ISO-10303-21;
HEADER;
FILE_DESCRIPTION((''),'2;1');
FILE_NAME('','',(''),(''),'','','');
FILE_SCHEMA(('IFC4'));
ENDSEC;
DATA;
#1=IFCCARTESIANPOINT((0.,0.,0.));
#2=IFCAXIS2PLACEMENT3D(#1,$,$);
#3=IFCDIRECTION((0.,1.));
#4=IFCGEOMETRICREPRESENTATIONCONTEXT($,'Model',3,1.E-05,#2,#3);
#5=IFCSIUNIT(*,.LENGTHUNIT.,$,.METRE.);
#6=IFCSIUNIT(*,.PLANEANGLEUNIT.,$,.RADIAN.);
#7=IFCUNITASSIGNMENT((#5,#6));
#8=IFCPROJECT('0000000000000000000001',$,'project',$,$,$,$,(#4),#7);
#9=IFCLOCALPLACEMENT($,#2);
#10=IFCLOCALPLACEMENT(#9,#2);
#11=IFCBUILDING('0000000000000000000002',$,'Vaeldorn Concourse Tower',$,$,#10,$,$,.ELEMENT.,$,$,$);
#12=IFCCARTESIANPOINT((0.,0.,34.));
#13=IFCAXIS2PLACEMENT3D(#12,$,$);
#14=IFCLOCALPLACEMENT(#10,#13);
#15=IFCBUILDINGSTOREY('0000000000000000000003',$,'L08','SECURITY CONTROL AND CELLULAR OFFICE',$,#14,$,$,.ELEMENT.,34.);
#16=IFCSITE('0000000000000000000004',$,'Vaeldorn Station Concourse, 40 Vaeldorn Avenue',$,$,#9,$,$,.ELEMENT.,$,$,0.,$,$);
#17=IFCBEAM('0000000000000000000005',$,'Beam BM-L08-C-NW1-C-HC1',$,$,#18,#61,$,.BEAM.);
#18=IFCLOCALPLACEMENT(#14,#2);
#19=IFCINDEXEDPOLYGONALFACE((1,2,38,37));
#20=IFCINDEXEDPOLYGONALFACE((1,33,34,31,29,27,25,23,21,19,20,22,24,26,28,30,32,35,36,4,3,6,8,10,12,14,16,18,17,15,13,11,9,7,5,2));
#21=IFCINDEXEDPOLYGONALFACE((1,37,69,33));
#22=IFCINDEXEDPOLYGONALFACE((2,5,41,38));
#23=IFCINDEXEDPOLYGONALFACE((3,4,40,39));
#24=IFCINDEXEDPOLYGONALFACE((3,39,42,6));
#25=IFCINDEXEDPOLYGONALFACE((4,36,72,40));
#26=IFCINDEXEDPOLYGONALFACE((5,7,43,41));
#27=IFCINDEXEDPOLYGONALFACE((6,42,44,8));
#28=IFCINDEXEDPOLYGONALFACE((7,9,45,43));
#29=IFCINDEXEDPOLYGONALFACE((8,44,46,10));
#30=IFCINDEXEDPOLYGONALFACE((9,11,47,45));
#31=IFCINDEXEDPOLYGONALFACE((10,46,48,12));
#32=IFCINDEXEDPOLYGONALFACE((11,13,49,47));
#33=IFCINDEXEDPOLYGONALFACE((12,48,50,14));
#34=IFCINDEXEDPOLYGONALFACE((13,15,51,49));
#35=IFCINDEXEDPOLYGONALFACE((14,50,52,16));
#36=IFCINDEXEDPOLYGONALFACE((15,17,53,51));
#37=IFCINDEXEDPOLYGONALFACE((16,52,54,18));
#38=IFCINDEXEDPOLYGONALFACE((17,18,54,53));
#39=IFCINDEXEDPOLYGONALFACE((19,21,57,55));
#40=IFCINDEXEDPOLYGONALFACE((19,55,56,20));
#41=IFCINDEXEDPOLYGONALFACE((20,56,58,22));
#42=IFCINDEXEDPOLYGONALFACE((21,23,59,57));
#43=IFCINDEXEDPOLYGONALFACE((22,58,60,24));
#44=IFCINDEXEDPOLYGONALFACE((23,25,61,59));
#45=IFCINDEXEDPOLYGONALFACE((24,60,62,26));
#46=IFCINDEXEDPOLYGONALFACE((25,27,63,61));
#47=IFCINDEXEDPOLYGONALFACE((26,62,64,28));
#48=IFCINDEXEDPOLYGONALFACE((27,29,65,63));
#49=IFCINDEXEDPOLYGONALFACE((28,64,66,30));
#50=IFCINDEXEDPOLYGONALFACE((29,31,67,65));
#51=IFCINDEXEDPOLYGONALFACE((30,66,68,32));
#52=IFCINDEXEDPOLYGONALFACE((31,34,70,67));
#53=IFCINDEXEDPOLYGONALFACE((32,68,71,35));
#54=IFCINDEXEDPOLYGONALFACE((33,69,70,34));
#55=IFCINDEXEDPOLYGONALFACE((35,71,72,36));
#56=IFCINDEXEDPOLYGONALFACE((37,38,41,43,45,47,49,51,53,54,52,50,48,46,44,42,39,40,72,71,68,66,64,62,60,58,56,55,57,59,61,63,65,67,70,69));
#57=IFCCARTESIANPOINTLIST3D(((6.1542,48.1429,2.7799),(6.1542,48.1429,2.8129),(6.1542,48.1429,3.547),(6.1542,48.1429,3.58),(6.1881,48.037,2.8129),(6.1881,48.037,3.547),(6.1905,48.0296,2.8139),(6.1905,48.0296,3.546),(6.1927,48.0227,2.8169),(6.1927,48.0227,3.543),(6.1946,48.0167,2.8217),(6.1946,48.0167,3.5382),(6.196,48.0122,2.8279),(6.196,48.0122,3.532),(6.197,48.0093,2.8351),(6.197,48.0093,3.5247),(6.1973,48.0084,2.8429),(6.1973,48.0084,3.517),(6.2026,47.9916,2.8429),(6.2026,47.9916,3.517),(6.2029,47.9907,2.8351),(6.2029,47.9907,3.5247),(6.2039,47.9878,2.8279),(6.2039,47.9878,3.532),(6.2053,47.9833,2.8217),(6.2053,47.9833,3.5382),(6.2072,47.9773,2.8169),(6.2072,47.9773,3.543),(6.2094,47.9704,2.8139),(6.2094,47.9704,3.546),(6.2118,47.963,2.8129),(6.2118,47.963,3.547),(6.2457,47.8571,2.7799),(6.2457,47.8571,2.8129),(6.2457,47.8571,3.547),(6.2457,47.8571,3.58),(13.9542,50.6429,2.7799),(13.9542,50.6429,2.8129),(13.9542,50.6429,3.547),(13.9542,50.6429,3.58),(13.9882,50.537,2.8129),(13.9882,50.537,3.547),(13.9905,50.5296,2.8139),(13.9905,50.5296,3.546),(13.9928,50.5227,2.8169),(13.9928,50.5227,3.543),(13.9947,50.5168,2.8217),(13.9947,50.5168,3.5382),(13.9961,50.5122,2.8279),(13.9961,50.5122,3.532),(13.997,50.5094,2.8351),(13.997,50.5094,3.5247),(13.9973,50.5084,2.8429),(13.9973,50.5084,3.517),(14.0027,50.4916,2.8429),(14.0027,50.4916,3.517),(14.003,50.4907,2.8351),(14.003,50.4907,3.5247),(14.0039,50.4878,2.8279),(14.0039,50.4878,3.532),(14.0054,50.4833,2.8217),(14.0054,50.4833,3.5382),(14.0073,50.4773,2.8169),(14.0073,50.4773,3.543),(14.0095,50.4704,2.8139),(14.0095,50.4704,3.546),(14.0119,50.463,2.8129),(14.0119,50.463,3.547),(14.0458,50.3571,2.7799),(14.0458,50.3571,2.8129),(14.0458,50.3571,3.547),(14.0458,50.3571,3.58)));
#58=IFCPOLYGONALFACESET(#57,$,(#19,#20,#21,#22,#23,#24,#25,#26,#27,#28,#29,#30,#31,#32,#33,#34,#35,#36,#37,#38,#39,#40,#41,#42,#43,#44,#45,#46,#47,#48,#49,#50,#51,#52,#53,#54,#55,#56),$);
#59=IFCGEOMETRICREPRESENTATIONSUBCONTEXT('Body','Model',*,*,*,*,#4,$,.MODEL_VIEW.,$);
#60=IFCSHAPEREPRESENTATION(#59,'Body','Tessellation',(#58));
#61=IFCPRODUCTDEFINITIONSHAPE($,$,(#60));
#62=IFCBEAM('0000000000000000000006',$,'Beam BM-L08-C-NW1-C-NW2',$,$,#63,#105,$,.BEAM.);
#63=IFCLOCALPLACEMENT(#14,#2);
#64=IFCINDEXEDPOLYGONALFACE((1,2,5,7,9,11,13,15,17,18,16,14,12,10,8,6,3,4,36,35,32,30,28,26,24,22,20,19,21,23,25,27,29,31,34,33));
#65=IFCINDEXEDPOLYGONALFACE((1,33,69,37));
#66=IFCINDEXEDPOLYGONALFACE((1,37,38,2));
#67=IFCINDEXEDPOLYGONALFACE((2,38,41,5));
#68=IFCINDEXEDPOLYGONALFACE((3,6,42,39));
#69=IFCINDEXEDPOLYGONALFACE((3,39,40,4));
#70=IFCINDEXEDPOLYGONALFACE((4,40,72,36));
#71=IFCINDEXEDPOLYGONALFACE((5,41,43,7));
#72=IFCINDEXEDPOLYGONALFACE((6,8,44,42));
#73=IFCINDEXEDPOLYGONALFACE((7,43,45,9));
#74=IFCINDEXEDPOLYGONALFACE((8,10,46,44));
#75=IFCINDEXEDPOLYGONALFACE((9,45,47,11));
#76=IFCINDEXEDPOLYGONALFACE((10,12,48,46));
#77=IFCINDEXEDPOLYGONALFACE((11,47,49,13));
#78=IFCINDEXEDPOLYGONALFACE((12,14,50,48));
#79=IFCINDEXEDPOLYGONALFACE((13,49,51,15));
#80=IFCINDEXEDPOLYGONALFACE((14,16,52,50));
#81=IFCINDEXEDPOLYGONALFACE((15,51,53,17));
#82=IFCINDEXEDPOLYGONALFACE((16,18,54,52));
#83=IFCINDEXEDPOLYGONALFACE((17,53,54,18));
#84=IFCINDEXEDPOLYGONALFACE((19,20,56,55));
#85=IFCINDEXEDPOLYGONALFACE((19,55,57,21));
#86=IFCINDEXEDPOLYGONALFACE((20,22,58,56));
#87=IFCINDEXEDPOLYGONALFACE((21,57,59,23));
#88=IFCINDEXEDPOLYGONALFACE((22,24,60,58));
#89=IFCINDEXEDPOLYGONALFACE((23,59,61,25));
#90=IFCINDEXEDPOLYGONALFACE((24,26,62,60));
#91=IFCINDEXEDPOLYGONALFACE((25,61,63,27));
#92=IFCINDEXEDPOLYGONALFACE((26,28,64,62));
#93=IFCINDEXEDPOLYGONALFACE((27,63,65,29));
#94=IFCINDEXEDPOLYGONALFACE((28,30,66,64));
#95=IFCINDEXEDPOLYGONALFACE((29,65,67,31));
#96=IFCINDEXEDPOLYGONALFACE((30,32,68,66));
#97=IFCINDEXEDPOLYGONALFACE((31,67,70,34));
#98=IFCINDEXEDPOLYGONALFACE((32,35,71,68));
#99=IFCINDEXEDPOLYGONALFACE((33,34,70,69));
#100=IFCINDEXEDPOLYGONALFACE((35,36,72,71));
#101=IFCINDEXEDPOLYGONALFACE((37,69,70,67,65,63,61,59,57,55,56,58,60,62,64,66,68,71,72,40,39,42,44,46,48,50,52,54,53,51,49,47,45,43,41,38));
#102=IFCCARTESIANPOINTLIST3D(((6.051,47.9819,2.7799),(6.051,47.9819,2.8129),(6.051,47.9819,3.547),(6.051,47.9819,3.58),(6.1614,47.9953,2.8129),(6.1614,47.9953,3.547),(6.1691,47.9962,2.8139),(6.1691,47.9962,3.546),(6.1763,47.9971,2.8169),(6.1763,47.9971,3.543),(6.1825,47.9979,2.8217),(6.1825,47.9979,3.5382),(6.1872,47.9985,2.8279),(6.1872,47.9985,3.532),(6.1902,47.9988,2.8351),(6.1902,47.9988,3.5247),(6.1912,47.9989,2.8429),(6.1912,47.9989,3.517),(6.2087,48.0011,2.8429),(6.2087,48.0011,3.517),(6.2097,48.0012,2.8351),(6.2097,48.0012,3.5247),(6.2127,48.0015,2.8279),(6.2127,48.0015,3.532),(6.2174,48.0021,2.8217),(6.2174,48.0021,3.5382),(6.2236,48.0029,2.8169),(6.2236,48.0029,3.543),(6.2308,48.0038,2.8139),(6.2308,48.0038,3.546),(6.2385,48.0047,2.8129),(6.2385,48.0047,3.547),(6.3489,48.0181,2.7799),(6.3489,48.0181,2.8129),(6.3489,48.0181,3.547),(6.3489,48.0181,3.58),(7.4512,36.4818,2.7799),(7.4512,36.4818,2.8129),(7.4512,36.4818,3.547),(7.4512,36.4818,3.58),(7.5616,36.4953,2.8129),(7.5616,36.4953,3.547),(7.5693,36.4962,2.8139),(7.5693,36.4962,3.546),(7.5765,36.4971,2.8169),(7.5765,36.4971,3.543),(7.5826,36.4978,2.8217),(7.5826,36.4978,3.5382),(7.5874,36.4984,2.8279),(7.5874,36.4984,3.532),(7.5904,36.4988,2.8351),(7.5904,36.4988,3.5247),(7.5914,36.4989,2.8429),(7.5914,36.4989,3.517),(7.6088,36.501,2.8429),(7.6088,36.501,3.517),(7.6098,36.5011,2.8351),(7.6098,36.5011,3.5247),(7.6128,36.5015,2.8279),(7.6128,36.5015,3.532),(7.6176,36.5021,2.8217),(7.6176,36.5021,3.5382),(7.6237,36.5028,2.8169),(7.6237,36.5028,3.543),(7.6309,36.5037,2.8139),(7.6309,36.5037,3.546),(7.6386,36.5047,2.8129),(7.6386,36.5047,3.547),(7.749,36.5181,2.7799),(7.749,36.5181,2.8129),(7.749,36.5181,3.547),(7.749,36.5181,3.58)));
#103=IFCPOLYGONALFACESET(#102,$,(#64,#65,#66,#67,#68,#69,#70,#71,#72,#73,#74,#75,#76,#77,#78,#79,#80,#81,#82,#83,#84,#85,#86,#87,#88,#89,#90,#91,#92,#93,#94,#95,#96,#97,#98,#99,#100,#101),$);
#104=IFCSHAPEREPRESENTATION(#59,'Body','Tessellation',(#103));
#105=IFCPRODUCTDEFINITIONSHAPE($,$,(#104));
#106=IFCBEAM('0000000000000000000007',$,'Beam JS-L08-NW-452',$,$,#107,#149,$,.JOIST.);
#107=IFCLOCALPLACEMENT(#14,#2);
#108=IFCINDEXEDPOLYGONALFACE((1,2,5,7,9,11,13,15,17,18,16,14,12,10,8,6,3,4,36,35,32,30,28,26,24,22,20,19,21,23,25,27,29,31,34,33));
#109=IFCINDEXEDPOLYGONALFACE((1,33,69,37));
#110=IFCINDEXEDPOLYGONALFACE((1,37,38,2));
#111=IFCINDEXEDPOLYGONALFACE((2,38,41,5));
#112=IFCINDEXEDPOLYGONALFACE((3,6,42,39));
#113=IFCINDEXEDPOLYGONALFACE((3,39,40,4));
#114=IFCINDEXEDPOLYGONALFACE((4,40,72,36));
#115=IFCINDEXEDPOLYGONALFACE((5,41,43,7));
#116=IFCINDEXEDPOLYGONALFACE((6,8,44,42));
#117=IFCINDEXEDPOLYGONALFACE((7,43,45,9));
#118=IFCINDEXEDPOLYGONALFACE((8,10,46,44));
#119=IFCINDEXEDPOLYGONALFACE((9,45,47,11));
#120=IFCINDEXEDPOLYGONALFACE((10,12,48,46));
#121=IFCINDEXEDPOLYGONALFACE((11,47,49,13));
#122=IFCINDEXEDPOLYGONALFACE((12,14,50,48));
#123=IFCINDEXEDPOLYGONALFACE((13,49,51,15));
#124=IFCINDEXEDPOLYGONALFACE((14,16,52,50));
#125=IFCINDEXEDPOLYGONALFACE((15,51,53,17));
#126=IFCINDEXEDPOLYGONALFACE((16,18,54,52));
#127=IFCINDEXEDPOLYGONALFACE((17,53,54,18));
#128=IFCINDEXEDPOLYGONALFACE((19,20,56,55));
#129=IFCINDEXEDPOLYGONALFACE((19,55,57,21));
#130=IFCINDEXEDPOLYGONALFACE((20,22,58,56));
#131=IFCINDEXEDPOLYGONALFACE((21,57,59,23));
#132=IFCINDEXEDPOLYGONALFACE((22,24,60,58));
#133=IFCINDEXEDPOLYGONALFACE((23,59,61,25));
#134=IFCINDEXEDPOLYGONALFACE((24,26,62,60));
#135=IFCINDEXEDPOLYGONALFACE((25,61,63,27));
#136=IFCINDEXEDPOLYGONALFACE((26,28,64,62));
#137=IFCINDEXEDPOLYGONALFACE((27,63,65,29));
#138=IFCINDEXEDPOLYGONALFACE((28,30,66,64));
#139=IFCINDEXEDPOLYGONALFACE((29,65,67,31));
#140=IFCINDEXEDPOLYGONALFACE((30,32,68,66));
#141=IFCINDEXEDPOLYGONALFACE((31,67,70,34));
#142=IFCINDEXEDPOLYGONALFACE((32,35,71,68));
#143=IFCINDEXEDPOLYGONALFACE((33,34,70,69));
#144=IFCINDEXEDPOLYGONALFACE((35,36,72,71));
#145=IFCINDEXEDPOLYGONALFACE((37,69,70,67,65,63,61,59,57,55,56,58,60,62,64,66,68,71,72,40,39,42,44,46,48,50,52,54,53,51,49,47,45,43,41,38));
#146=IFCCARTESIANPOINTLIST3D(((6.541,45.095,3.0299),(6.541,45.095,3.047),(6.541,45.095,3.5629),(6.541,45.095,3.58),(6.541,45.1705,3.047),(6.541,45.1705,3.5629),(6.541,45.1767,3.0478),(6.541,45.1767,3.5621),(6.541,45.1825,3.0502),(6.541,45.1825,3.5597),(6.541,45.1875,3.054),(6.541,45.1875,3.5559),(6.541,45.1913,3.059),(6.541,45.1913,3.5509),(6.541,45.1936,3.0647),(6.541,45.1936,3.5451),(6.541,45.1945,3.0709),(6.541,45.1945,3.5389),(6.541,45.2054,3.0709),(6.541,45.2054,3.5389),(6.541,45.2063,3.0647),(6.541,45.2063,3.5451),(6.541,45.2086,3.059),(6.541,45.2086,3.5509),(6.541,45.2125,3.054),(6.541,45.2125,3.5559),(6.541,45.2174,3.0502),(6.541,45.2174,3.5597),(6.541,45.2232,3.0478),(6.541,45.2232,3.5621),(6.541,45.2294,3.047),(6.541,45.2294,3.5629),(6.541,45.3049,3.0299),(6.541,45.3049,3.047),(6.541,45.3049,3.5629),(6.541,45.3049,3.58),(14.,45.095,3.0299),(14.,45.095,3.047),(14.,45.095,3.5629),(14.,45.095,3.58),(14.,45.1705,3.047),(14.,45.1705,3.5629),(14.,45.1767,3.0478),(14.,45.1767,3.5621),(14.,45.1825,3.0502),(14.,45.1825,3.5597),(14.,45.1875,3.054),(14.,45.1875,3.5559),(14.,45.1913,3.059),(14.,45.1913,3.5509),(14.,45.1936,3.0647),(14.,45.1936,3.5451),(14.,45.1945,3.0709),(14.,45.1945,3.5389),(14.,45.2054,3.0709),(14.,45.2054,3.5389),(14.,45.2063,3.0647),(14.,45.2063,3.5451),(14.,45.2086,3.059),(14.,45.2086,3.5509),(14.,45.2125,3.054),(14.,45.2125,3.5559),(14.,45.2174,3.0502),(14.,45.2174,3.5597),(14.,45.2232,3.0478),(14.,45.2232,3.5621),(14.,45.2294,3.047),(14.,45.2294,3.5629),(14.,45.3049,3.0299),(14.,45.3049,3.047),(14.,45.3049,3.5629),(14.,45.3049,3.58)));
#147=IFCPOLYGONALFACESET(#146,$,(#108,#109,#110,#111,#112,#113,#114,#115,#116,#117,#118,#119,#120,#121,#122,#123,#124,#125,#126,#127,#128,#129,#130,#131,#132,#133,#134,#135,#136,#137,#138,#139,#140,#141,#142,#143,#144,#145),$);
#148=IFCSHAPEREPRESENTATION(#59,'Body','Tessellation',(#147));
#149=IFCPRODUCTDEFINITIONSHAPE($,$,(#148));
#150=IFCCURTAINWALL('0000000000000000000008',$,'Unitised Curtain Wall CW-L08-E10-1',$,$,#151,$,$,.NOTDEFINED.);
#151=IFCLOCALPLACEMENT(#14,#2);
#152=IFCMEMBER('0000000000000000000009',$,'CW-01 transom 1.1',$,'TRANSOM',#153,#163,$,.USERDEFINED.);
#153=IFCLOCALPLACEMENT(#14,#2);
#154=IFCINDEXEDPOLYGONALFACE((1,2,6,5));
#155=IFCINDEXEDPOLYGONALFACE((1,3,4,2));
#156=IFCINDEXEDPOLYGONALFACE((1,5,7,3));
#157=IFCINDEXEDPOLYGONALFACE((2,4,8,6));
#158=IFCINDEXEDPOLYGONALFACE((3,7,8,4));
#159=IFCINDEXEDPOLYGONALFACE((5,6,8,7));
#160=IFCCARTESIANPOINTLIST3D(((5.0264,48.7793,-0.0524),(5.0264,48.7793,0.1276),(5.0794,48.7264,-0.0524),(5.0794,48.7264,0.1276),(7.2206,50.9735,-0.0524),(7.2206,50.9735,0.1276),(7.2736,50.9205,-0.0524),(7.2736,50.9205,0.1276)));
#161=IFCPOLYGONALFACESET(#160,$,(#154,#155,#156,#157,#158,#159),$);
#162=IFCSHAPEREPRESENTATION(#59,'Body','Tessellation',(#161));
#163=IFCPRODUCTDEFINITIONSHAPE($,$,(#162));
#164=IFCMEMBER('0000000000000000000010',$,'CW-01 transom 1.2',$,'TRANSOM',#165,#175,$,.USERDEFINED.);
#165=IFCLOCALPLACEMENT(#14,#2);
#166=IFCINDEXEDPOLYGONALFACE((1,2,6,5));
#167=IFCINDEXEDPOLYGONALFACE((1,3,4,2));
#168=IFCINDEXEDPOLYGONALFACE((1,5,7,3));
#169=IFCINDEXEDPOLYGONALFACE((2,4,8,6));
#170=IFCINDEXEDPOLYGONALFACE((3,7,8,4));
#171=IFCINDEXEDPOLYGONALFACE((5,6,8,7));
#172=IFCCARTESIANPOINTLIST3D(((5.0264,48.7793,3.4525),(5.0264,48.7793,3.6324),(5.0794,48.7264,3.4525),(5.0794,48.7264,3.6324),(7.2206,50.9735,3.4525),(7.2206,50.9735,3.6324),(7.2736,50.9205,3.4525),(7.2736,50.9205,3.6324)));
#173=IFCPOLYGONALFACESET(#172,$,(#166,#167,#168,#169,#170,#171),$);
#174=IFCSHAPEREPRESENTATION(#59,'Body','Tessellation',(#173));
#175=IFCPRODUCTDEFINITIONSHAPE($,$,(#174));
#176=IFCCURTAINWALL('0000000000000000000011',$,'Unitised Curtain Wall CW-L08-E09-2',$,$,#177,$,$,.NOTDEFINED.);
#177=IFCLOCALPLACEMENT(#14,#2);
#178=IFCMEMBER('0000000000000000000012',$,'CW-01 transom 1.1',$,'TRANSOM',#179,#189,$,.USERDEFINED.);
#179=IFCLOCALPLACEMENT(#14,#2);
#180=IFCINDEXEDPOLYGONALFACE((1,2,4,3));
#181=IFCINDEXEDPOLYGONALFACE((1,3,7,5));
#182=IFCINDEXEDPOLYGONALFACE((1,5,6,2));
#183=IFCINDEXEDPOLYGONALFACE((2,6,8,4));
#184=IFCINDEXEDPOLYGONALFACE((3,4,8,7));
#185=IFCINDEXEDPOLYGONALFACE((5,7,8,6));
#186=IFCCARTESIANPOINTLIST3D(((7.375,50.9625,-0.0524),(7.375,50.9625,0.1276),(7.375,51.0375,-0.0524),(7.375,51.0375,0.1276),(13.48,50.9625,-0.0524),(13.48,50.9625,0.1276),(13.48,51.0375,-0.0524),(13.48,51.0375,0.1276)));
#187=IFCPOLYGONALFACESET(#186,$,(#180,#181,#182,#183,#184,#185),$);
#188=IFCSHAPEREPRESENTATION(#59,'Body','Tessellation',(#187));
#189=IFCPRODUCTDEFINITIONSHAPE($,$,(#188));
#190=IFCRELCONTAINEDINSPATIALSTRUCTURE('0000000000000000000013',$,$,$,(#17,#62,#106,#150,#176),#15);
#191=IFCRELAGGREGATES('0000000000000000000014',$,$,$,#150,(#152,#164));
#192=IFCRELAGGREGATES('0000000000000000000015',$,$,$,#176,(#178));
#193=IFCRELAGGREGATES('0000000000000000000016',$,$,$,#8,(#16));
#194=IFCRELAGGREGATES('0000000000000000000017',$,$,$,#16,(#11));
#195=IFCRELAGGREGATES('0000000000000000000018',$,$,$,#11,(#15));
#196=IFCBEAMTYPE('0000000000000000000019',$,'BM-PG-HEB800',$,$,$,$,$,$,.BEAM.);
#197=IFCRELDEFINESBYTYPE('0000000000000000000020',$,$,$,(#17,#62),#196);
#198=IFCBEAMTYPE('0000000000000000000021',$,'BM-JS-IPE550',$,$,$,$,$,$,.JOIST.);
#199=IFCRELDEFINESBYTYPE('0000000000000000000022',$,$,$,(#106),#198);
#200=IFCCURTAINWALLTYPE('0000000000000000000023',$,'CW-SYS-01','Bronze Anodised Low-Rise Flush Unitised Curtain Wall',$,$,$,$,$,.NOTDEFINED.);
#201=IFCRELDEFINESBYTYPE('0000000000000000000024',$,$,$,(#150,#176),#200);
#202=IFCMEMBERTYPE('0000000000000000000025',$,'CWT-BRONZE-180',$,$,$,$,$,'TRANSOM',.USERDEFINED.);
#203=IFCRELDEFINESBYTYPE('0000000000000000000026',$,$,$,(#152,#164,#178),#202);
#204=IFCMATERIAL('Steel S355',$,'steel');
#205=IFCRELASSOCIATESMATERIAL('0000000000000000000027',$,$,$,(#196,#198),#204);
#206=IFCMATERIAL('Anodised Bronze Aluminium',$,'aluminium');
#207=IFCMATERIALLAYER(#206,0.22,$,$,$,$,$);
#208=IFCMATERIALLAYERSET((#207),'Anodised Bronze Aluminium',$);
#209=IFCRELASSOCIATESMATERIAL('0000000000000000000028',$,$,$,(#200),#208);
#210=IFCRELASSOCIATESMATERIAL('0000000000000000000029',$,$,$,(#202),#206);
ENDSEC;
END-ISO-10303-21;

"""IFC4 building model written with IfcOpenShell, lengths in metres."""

from ifc_helpers import new_model, si_unit, direction, frame, origin, origin_2d, place, context, subcontext, project, spatial, rectangle, i_section, extrude, source, transform, mapped, material, layer, layer_set, material_profile, profile_set, type_object, element, aggregate, save


model = new_model("IFC4")

# Units and contexts
model_context = context("Model", 3, precision=1e-05, world=origin(), true_north=direction((0.0, 1.0)))
body_context = subcontext(model_context, "Body", "Model", "MODEL_VIEW")
ifc_project = project(units=[si_unit("LENGTHUNIT", "METRE"), si_unit("PLANEANGLEUNIT", "RADIAN")], contexts=[model_context])

# Site, building, storey
site_placement = place(None, origin())
site = spatial("IfcSite", under=ifc_project, at=site_placement, Name="Vaeldorn Station Concourse, 40 Vaeldorn Avenue", CompositionType="ELEMENT", RefElevation=0.0)
building_placement = place(site_placement, origin())
building = spatial("IfcBuilding", under=site, at=building_placement, Name="Vaeldorn Concourse Tower", CompositionType="ELEMENT")
storey_placement = place(building_placement, frame((0.0, 0.0, 34.0)))
storey = spatial("IfcBuildingStorey", under=building, at=storey_placement, Name="L08", Description="SECURITY CONTROL AND CELLULAR OFFICE", CompositionType="ELEMENT", Elevation=34.0)

# Beams
ifc_material_1 = material(Name="Steel S355", Category="steel")
ifc_material_profile_1 = material_profile(ifc_material_1, i_section(OverallWidth=0.3, OverallDepth=0.8, WebThickness=0.0176, FlangeThickness=0.033, FilletRadius=0.03, at=origin_2d()), Name="HEB 800")
ifc_profile_set_1 = profile_set([ifc_material_profile_1], Name="Steel S355")
beam_type_1 = type_object("IfcBeamType", Name="BM-PG-HEB800", PredefinedType="BEAM", material=ifc_profile_set_1)
shared_shape_1 = source(origin(), body_context, "Body", "SweptSolid", [
    extrude(i_section(OverallWidth=0.3, OverallDepth=0.8, WebThickness=0.0176, FlangeThickness=0.033, FilletRadius=0.03, at=origin_2d()), origin(), (0.0, 0.0, 1.0), 8.1909),
])
beam_1_placement = place(storey_placement, frame((6.2, 48.0, 3.1799), z_axis=(0.952283, 0.305217, 0.0), x_axis=(-0.305217, 0.952283, 0.0)))
element("IfcBeam", 1, at=beam_1_placement, inside=storey, type_object=beam_type_1, Name="Beam BM-L08-C-NW1-C-HC1", PredefinedType="BEAM", context=body_context, shape_type="MappedRepresentation", body=[
    mapped(shared_shape_1, transform((0.0, 0.0, 0.0), scale=1.0)),
])
shared_shape_2 = source(origin(), body_context, "Body", "SweptSolid", [
    extrude(i_section(OverallWidth=0.3, OverallDepth=0.8, WebThickness=0.0176, FlangeThickness=0.033, FilletRadius=0.03, at=origin_2d()), origin(), (0.0, 0.0, 1.0), 11.585),
])
beam_2_placement = place(storey_placement, frame((6.2, 48.0, 3.1799), z_axis=(0.120859, -0.99267, 0.0), x_axis=(0.99267, 0.120859, 0.0)))
element("IfcBeam", 2, at=beam_2_placement, inside=storey, type_object=beam_type_1, Name="Beam BM-L08-C-NW1-C-NW2", PredefinedType="BEAM", context=body_context, shape_type="MappedRepresentation", body=[
    mapped(shared_shape_2, transform((0.0, 0.0, 0.0), scale=1.0)),
])
ifc_material_profile_2 = material_profile(ifc_material_1, i_section(OverallWidth=0.21, OverallDepth=0.55, WebThickness=0.011, FlangeThickness=0.0171, FilletRadius=0.0239, at=origin_2d()), Name="IPE 550")
ifc_profile_set_2 = profile_set([ifc_material_profile_2], Name="Steel S355")
beam_type_2 = type_object("IfcBeamType", Name="BM-JS-IPE550", PredefinedType="JOIST", material=ifc_profile_set_2)
shared_shape_3 = source(origin(), body_context, "Body", "SweptSolid", [
    extrude(i_section(OverallWidth=0.21, OverallDepth=0.55, WebThickness=0.011, FlangeThickness=0.0171, FilletRadius=0.0239, at=origin_2d()), origin(), (0.0, 0.0, 1.0), 7.459),
])
beam_3_placement = place(storey_placement, frame((6.541, 45.2, 3.3049), z_axis=(1.0, 0.0, 0.0), x_axis=(0.0, 1.0, 0.0)))
element("IfcBeam", 3, at=beam_3_placement, inside=storey, type_object=beam_type_2, Name="Beam JS-L08-NW-452", PredefinedType="JOIST", context=body_context, shape_type="MappedRepresentation", body=[
    mapped(shared_shape_3, transform((0.0, 0.0, 0.0), scale=1.0)),
])

# Curtain walls, members
ifc_material_2 = material(Name="Anodised Bronze Aluminium", Category="aluminium")
ifc_layer_1 = layer(ifc_material_2, 0.22)
ifc_layer_set_1 = layer_set([ifc_layer_1], Name="Anodised Bronze Aluminium")
curtain_wall_type = type_object("IfcCurtainWallType", Name="CW-SYS-01", Description="Bronze Anodised Low-Rise Flush Unitised Curtain Wall", PredefinedType="NOTDEFINED", material=ifc_layer_set_1)
curtain_wall_1_placement = place(storey_placement, origin())
curtain_wall_1 = element("IfcCurtainWall", 4, at=curtain_wall_1_placement, inside=storey, type_object=curtain_wall_type, Name="Unitised Curtain Wall CW-L08-E10-1", PredefinedType="NOTDEFINED")
ifc_material_profile_3 = material_profile(ifc_material_2, rectangle(XDim=0.075, YDim=0.1799, at=origin_2d()), Name="CWT 75x180")
ifc_profile_set_3 = profile_set([ifc_material_profile_3], Name="Anodised Bronze Aluminium")
member_type_1 = type_object("IfcMemberType", Name="CWT-BRONZE-180", ElementType="TRANSOM", PredefinedType="USERDEFINED", material=ifc_profile_set_3)
shared_shape_4 = source(origin(), body_context, "Body", "SweptSolid", [
    extrude(rectangle(XDim=0.075, YDim=0.1799, at=origin_2d()), origin(), (0.0, 0.0, 1.0), 3.103),
])
member_1_placement = place(storey_placement, frame((7.2471, 50.947, 0.0376), z_axis=(-0.707107, -0.707107, 0.0), x_axis=(0.707107, -0.707107, 0.0)))
member_1 = element("IfcMember", 5, at=member_1_placement, type_object=member_type_1, Name="CW-01 transom 1.1", ObjectType="TRANSOM", PredefinedType="USERDEFINED", context=body_context, shape_type="MappedRepresentation", body=[
    mapped(shared_shape_4, transform((0.0, 0.0, 0.0), scale=1.0)),
])
member_2_placement = place(storey_placement, frame((7.2471, 50.947, 3.5425), z_axis=(-0.707107, -0.707107, 0.0), x_axis=(0.707107, -0.707107, 0.0)))
member_2 = element("IfcMember", 6, at=member_2_placement, type_object=member_type_1, Name="CW-01 transom 1.2", ObjectType="TRANSOM", PredefinedType="USERDEFINED", context=body_context, shape_type="MappedRepresentation", body=[
    mapped(shared_shape_4, transform((0.0, 0.0, 0.0), scale=1.0)),
])
curtain_wall_2_placement = place(storey_placement, origin())
curtain_wall_2 = element("IfcCurtainWall", 7, at=curtain_wall_2_placement, inside=storey, type_object=curtain_wall_type, Name="Unitised Curtain Wall CW-L08-E09-2", PredefinedType="NOTDEFINED")
shared_shape_5 = source(origin(), body_context, "Body", "SweptSolid", [
    extrude(rectangle(XDim=0.075, YDim=0.1799, at=origin_2d()), origin(), (0.0, 0.0, 1.0), 6.105),
])
member_3_placement = place(storey_placement, frame((13.48, 51.0, 0.0376), z_axis=(-1.0, 0.0, 0.0), x_axis=(0.0, -1.0, 0.0)))
member_3 = element("IfcMember", 8, at=member_3_placement, type_object=member_type_1, Name="CW-01 transom 1.1", ObjectType="TRANSOM", PredefinedType="USERDEFINED", context=body_context, shape_type="MappedRepresentation", body=[
    mapped(shared_shape_5, transform((0.0, 0.0, 0.0), scale=1.0)),
])

aggregate(curtain_wall_1, [member_1, member_2])
aggregate(curtain_wall_2, [member_3])

save(model, "model.ifc")
